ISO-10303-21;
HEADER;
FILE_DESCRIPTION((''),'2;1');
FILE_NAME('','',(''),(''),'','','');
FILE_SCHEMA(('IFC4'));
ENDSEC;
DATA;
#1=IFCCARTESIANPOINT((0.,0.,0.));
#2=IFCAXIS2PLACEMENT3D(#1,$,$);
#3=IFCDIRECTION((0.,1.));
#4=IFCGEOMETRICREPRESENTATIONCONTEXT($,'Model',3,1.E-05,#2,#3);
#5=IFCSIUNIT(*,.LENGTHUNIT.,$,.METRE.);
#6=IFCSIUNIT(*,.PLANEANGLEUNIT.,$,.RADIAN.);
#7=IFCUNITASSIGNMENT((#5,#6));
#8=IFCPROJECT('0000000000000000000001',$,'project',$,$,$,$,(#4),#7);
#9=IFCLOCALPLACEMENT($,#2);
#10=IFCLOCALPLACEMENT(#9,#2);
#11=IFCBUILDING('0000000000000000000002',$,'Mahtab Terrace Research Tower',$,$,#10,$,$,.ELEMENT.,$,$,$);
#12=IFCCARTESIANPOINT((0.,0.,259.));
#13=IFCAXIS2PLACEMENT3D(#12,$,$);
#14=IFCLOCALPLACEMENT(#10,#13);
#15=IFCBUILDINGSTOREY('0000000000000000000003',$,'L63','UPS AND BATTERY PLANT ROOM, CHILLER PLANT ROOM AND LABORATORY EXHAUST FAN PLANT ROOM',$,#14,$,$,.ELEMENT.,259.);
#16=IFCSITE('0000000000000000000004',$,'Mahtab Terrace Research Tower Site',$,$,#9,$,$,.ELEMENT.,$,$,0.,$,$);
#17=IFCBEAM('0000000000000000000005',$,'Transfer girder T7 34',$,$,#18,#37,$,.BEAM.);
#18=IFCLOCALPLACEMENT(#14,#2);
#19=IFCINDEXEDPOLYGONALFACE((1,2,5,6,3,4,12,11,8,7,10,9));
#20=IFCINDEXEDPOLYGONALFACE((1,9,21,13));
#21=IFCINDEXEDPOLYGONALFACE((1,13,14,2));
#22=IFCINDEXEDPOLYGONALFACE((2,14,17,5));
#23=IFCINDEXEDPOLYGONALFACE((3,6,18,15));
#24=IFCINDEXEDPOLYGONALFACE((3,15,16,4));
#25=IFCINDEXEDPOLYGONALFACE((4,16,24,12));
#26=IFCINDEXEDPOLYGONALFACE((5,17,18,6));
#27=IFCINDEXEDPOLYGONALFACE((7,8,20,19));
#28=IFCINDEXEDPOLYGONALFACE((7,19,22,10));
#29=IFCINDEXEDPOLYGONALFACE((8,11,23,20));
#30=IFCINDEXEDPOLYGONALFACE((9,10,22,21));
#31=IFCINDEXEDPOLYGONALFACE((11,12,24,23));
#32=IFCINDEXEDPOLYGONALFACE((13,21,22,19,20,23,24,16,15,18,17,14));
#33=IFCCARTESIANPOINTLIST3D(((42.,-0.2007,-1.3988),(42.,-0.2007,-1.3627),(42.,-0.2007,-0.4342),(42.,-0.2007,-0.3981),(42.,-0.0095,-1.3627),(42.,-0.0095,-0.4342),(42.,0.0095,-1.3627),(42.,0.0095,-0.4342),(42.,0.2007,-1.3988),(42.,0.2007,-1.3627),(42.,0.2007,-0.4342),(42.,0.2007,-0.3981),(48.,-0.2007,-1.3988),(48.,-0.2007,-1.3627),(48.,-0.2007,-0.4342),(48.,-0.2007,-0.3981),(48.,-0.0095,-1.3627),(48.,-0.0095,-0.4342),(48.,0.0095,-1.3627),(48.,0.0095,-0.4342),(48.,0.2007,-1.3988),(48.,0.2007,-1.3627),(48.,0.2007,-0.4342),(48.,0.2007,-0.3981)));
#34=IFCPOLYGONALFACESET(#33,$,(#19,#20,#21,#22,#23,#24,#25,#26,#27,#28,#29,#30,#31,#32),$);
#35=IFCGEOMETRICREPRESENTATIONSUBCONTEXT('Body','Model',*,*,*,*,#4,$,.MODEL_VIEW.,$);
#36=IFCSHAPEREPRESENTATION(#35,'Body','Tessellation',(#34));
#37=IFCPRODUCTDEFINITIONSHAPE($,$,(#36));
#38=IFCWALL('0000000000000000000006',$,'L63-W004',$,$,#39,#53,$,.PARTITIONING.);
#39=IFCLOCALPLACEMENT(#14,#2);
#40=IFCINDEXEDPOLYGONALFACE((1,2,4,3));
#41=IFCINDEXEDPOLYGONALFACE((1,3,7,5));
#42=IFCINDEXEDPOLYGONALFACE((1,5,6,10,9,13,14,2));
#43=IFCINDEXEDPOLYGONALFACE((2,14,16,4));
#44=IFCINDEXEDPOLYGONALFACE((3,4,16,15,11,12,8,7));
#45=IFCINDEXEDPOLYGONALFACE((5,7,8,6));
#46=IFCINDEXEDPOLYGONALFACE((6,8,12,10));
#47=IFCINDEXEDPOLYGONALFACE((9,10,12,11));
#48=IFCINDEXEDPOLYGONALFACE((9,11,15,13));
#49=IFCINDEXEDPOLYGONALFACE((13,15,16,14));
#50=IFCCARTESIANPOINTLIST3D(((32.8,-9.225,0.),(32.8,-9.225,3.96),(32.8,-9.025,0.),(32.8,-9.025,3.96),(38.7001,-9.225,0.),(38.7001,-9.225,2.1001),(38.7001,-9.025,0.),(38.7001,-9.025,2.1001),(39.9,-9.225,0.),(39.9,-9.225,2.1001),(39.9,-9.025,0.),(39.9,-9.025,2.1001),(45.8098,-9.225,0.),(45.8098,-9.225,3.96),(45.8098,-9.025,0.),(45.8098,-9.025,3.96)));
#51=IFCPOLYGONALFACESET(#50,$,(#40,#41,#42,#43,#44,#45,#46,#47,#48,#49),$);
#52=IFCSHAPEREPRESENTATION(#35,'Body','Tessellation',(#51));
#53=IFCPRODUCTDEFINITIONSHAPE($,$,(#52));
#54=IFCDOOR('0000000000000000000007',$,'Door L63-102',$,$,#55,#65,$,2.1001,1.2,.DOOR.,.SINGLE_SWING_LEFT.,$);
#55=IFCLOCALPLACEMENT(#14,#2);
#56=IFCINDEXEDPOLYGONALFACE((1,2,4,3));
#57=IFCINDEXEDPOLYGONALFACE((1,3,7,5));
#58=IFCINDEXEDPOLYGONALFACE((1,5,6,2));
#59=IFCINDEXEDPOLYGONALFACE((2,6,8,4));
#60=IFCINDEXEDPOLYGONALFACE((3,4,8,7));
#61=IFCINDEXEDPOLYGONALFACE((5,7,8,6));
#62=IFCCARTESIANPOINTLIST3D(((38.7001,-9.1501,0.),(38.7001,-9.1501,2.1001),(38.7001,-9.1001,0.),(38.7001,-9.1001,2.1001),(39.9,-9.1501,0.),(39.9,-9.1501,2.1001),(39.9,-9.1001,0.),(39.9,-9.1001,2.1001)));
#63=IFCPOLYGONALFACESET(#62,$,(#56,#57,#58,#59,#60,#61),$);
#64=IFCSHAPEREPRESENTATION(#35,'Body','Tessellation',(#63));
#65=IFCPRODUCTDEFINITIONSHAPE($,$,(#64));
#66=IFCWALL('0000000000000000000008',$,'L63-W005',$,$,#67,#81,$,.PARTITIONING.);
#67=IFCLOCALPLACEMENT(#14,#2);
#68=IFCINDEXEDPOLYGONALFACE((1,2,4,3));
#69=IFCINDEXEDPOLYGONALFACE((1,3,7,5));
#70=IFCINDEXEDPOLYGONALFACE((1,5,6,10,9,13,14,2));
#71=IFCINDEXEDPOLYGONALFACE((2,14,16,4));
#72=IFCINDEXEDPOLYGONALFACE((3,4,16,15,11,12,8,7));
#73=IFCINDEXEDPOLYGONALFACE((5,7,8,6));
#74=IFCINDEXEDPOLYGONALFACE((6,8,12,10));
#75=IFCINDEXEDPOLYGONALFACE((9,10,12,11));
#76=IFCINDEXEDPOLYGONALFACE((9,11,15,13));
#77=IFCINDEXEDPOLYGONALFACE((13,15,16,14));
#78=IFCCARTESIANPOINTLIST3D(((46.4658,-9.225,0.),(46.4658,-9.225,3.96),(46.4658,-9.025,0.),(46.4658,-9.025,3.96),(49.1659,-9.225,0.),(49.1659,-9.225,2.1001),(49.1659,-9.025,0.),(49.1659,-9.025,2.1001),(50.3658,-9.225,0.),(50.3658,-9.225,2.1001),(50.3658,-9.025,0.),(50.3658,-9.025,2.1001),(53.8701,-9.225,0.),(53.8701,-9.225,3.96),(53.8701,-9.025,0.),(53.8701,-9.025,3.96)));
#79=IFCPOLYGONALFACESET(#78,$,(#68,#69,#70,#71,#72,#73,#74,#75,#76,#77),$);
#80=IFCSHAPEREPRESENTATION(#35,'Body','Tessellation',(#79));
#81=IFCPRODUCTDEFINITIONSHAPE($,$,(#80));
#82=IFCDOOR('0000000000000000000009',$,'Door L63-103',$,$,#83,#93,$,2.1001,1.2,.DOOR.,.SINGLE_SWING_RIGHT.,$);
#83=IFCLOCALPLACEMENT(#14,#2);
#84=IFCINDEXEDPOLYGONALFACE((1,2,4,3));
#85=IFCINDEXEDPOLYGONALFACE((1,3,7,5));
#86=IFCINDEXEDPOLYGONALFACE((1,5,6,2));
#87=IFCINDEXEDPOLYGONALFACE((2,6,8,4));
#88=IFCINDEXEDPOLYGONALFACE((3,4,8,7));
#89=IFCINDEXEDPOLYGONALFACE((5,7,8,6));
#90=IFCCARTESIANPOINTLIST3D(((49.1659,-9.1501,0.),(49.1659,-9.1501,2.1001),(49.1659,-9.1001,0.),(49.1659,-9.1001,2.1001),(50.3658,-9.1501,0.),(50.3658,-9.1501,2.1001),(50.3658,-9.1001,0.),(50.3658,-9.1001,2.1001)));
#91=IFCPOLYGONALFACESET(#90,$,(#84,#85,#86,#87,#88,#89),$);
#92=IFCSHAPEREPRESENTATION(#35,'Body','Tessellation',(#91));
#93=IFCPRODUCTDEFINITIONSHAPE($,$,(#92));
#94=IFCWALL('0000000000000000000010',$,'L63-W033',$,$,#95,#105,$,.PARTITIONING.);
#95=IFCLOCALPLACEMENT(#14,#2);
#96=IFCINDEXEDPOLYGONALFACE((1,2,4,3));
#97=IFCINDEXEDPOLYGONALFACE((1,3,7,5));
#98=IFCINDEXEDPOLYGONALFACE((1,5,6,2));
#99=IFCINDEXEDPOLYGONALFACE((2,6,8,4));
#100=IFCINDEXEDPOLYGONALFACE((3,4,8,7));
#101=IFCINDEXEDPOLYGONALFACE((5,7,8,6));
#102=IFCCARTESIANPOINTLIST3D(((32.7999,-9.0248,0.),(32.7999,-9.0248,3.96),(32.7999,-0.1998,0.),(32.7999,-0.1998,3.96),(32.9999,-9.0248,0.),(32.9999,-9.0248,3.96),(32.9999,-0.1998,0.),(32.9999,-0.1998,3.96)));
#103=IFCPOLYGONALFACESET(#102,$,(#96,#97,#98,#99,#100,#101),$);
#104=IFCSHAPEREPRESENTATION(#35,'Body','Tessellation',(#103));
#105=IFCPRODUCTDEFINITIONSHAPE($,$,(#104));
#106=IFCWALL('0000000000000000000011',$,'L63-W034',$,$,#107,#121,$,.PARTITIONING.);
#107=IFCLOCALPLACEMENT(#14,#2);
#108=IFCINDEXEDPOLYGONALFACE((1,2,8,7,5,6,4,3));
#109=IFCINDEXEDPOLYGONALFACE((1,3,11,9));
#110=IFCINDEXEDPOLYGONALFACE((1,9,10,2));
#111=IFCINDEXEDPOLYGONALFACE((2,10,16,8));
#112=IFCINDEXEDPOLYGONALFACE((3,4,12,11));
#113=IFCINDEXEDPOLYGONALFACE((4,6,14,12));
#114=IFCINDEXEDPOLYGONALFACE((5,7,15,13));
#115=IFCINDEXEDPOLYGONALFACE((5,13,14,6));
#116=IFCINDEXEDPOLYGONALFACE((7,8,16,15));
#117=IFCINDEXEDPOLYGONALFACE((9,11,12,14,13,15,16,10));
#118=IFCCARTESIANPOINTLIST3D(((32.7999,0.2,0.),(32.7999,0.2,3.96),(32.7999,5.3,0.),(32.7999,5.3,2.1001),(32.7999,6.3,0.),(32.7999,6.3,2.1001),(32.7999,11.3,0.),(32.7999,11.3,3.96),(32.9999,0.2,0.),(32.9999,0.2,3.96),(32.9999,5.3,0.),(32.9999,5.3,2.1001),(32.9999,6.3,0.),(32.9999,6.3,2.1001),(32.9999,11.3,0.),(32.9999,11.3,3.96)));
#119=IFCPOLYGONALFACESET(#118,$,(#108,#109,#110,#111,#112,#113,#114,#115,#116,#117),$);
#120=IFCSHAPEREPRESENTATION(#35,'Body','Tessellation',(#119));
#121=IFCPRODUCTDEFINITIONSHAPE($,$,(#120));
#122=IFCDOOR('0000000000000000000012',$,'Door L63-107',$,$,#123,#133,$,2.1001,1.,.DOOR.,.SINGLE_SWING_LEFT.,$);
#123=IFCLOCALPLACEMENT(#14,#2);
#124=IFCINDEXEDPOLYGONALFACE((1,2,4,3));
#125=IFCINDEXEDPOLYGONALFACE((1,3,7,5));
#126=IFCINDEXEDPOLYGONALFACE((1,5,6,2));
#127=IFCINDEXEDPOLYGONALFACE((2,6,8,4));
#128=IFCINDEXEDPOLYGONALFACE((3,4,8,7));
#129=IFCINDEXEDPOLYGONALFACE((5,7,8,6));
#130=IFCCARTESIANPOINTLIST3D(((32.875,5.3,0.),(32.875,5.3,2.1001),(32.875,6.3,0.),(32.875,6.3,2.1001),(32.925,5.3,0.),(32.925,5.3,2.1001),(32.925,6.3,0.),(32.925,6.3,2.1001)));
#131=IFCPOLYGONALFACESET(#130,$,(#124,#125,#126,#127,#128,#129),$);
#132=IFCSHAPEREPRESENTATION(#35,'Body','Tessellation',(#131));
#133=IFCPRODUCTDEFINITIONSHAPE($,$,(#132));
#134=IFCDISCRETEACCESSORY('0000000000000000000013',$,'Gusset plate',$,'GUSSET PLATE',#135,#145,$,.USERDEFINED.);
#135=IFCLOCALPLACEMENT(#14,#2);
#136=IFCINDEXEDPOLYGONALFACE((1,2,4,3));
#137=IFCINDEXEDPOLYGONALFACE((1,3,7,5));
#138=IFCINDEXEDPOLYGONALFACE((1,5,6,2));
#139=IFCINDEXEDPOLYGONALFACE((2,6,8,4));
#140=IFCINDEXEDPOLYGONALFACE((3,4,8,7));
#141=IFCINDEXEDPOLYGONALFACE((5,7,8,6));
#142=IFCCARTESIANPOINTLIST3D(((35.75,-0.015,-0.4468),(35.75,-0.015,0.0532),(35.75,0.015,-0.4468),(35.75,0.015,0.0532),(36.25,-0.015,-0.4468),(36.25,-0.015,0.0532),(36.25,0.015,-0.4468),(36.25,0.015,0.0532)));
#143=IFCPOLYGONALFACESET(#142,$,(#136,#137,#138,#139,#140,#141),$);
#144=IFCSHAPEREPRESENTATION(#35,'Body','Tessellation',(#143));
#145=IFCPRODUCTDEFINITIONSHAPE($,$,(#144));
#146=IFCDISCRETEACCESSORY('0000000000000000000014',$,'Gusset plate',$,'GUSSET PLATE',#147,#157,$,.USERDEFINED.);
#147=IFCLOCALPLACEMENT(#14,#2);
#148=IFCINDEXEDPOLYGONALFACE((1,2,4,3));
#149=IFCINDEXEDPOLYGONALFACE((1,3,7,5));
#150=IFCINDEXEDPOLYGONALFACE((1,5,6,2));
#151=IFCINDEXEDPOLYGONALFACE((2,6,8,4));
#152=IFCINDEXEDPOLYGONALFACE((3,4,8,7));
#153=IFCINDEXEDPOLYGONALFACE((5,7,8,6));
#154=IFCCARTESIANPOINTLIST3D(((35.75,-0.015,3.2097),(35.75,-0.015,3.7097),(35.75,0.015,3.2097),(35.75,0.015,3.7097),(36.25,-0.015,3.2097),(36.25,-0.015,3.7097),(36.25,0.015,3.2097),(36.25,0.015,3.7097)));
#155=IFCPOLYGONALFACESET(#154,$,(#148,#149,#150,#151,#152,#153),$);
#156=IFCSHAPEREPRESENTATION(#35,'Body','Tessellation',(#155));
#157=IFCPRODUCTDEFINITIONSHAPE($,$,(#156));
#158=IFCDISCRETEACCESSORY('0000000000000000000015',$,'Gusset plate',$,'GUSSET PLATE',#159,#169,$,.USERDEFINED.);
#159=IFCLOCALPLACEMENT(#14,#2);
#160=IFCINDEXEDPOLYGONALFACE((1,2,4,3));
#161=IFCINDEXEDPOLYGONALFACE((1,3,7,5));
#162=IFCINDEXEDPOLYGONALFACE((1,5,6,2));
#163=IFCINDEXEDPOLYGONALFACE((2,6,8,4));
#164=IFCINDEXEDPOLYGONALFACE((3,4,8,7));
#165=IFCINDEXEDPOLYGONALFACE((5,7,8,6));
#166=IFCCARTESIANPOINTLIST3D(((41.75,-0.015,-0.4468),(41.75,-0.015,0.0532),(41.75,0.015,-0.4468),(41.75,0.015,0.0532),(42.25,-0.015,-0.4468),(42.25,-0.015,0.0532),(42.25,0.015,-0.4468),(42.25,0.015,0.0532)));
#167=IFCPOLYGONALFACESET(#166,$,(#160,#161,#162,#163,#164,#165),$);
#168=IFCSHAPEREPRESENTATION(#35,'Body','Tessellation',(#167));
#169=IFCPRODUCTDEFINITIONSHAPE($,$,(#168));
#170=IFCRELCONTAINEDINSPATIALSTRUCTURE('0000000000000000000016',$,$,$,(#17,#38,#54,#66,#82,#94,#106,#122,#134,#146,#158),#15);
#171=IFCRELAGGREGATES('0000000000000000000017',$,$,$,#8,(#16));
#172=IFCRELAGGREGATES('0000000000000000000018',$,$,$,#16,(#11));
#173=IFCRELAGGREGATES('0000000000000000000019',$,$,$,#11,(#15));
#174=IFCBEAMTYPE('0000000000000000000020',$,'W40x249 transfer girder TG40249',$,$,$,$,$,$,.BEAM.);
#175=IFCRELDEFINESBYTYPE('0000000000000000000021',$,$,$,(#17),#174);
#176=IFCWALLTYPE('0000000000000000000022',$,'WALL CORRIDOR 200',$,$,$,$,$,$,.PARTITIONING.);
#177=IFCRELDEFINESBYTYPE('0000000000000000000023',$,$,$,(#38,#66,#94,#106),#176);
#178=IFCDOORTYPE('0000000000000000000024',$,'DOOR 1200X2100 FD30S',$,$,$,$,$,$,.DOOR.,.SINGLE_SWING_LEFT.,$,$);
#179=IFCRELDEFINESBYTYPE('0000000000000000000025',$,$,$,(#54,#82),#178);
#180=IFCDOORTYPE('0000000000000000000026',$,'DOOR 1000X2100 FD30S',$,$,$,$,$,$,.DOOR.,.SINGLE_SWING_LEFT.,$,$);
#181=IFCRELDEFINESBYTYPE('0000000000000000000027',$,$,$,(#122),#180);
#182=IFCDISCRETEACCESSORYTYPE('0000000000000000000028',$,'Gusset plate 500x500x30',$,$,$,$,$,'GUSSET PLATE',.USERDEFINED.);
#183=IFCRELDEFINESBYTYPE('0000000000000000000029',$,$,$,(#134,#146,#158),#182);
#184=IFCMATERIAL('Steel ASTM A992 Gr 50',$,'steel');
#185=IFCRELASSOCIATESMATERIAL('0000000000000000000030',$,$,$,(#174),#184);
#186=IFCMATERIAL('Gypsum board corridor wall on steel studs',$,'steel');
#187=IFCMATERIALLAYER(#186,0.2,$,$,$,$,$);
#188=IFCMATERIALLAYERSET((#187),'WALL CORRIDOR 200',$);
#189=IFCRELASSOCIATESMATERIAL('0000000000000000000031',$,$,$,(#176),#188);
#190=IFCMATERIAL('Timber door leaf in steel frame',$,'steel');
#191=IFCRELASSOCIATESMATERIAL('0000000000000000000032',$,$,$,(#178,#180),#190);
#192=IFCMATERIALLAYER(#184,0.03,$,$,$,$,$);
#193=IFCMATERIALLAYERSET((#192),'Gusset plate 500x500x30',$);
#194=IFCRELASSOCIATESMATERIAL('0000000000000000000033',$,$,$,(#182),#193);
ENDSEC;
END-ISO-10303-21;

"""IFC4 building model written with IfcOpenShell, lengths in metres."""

from ifc_helpers import new_model, si_unit, direction, frame, frame_2d, origin, origin_2d, place, context, subcontext, project, spatial, rectangle, i_section, extrude, material, layer, layer_set, material_profile, profile_set, type_object, element, fill, save


model = new_model("IFC4")

# Units and contexts
model_context = context("Model", 3, precision=1e-05, world=origin(), true_north=direction((0.0, 1.0)))
body_context = subcontext(model_context, "Body", "Model", "MODEL_VIEW")
ifc_project = project(units=[si_unit("LENGTHUNIT", "METRE"), si_unit("PLANEANGLEUNIT", "RADIAN")], contexts=[model_context])

# Site, building, storey
site_placement = place(None, origin())
site = spatial("IfcSite", under=ifc_project, at=site_placement, Name="Mahtab Terrace Research Tower Site", CompositionType="ELEMENT", RefElevation=0.0)
building_placement = place(site_placement, origin())
building = spatial("IfcBuilding", under=site, at=building_placement, Name="Mahtab Terrace Research Tower", CompositionType="ELEMENT")
storey_placement = place(building_placement, frame((0.0, 0.0, 259.0)))
storey = spatial("IfcBuildingStorey", under=building, at=storey_placement, Name="L63", Description="UPS AND BATTERY PLANT ROOM, CHILLER PLANT ROOM AND LABORATORY EXHAUST FAN PLANT ROOM", CompositionType="ELEMENT", Elevation=259.0)

# Shared definitions
ifc_material_1 = material(Name="Steel ASTM A992 Gr 50", Category="steel")

# Beam
ifc_material_profile_1 = material_profile(ifc_material_1, i_section(OverallWidth=0.4014, OverallDepth=1.0007, WebThickness=0.019, FlangeThickness=0.0361, at=origin_2d()), Name="W40X249")
ifc_profile_set_1 = profile_set([ifc_material_profile_1], Name="Steel ASTM A992 Gr 50")
beam_type = type_object("IfcBeamType", Name="W40x249 transfer girder TG40249", PredefinedType="BEAM", material=ifc_profile_set_1)
beam_placement = place(storey_placement, frame((42.0, 0.0, -0.8984), z_axis=(1.0, 0.0, 0.0), x_axis=(0.0, 1.0, 0.0)))
element("IfcBeam", 1, at=beam_placement, inside=storey, type_object=beam_type, Name="Transfer girder T7 34", PredefinedType="BEAM", context=body_context, shape_type="SweptSolid", body=[
    extrude(i_section(OverallWidth=0.4014, OverallDepth=1.0007, WebThickness=0.019, FlangeThickness=0.0361, at=origin_2d()), origin(), (0.0, 0.0, 1.0), 6.0),
])

# Walls, openings, doors
ifc_material_2 = material(Name="Gypsum board corridor wall on steel studs", Category="steel")
ifc_layer_1 = layer(ifc_material_2, 0.2)
ifc_layer_set_1 = layer_set([ifc_layer_1], Name="WALL CORRIDOR 200")
wall_type = type_object("IfcWallType", Name="WALL CORRIDOR 200", PredefinedType="PARTITIONING", material=ifc_layer_set_1)
wall_1_placement = place(storey_placement, frame((32.8, -9.125, 0.0), z_axis=(0.0, 0.0, 1.0), x_axis=(1.0, 0.0, 0.0)))
wall_1 = element("IfcWall", 2, at=wall_1_placement, inside=storey, type_object=wall_type, Name="L63-W004", PredefinedType="PARTITIONING", context=body_context, shape_type="SweptSolid", body=[
    extrude(rectangle(XDim=13.0098, YDim=0.2, at=frame_2d((6.5049, 0.0))), origin(), (0.0, 0.0, 1.0), 3.96),
])
opening_1_placement = place(wall_1_placement, frame((5.8999, 0.0, 0.0)))
opening_1 = element("IfcOpeningElement", 3, at=opening_1_placement, cuts=wall_1, PredefinedType="OPENING", context=body_context, shape_type="SweptSolid", body=[
    extrude(rectangle(XDim=1.2, YDim=2.1001, at=frame_2d((0.6001, 1.05))), frame((0.0, 0.1099, 0.0), z_axis=(0.0, -1.0, 0.0), x_axis=(1.0, 0.0, 0.0)), (0.0, 0.0, 1.0), 0.22),
])
ifc_material_3 = material(Name="Timber door leaf in steel frame", Category="steel")
door_type_1 = type_object("IfcDoorType", Name="DOOR 1200X2100 FD30S", OperationType="SINGLE_SWING_LEFT", PredefinedType="DOOR", material=ifc_material_3)
door_1_placement = place(opening_1_placement, origin())
door_1 = element("IfcDoor", 4, at=door_1_placement, inside=storey, type_object=door_type_1, Name="Door L63-102", OperationType="SINGLE_SWING_LEFT", OverallHeight=2.1001, OverallWidth=1.2, PredefinedType="DOOR", context=body_context, shape_type="SweptSolid", body=[
    extrude(rectangle(XDim=1.2, YDim=2.1001, at=frame_2d((0.6001, 1.05))), frame((0.0, 0.0249, 0.0), z_axis=(0.0, -1.0, 0.0), x_axis=(1.0, 0.0, 0.0)), (0.0, 0.0, 1.0), 0.05),
])
fill(opening_1, door_1)
wall_2_placement = place(storey_placement, frame((46.4658, -9.125, 0.0), z_axis=(0.0, 0.0, 1.0), x_axis=(1.0, 0.0, 0.0)))
wall_2 = element("IfcWall", 5, at=wall_2_placement, inside=storey, type_object=wall_type, Name="L63-W005", PredefinedType="PARTITIONING", context=body_context, shape_type="SweptSolid", body=[
    extrude(rectangle(XDim=7.4043, YDim=0.2, at=frame_2d((3.7021, 0.0))), origin(), (0.0, 0.0, 1.0), 3.96),
])
opening_2_placement = place(wall_2_placement, frame((2.7, 0.0, 0.0)))
opening_2 = element("IfcOpeningElement", 6, at=opening_2_placement, cuts=wall_2, PredefinedType="OPENING", context=body_context, shape_type="SweptSolid", body=[
    extrude(rectangle(XDim=1.2, YDim=2.1001, at=frame_2d((0.6001, 1.05))), frame((0.0, 0.1099, 0.0), z_axis=(0.0, -1.0, 0.0), x_axis=(1.0, 0.0, 0.0)), (0.0, 0.0, 1.0), 0.22),
])
door_2_placement = place(opening_2_placement, origin())
door_2 = element("IfcDoor", 7, at=door_2_placement, inside=storey, type_object=door_type_1, Name="Door L63-103", OperationType="SINGLE_SWING_RIGHT", OverallHeight=2.1001, OverallWidth=1.2, PredefinedType="DOOR", context=body_context, shape_type="SweptSolid", body=[
    extrude(rectangle(XDim=1.2, YDim=2.1001, at=frame_2d((0.6001, 1.05))), frame((0.0, 0.0249, 0.0), z_axis=(0.0, -1.0, 0.0), x_axis=(1.0, 0.0, 0.0)), (0.0, 0.0, 1.0), 0.05),
])
fill(opening_2, door_2)

# Wall
wall_3_placement = place(storey_placement, frame((32.8999, -9.0249, 0.0), z_axis=(0.0, 0.0, 1.0), x_axis=(0.0, 1.0, 0.0)))
element("IfcWall", 8, at=wall_3_placement, inside=storey, type_object=wall_type, Name="L63-W033", PredefinedType="PARTITIONING", context=body_context, shape_type="SweptSolid", body=[
    extrude(rectangle(XDim=8.825, YDim=0.2, at=frame_2d((4.4126, 0.0))), origin(), (0.0, 0.0, 1.0), 3.96),
])

# Wall, opening, door
wall_4_placement = place(storey_placement, frame((32.8999, 0.2, 0.0), z_axis=(0.0, 0.0, 1.0), x_axis=(0.0, 1.0, 0.0)))
wall_4 = element("IfcWall", 9, at=wall_4_placement, inside=storey, type_object=wall_type, Name="L63-W034", PredefinedType="PARTITIONING", context=body_context, shape_type="SweptSolid", body=[
    extrude(rectangle(XDim=11.1001, YDim=0.2, at=frame_2d((5.55, 0.0))), origin(), (0.0, 0.0, 1.0), 3.96),
])
opening_3_placement = place(wall_4_placement, frame((5.1001, 0.0, 0.0)))
opening_3 = element("IfcOpeningElement", 10, at=opening_3_placement, cuts=wall_4, PredefinedType="OPENING", context=body_context, shape_type="SweptSolid", body=[
    extrude(rectangle(XDim=1.0, YDim=2.1001, at=frame_2d((0.5, 1.05))), frame((0.0, 0.1099, 0.0), z_axis=(0.0, -1.0, 0.0), x_axis=(1.0, 0.0, 0.0)), (0.0, 0.0, 1.0), 0.22),
])
door_type_2 = type_object("IfcDoorType", Name="DOOR 1000X2100 FD30S", OperationType="SINGLE_SWING_LEFT", PredefinedType="DOOR", material=ifc_material_3)
door_3_placement = place(opening_3_placement, origin())
door_3 = element("IfcDoor", 11, at=door_3_placement, inside=storey, type_object=door_type_2, Name="Door L63-107", OperationType="SINGLE_SWING_LEFT", OverallHeight=2.1001, OverallWidth=1.0, PredefinedType="DOOR", context=body_context, shape_type="SweptSolid", body=[
    extrude(rectangle(XDim=1.0, YDim=2.1001, at=frame_2d((0.5, 1.05))), frame((0.0, 0.0249, 0.0), z_axis=(0.0, -1.0, 0.0), x_axis=(1.0, 0.0, 0.0)), (0.0, 0.0, 1.0), 0.05),
])
fill(opening_3, door_3)

# Discrete accessories
ifc_layer_2 = layer(ifc_material_1, 0.03)
ifc_layer_set_2 = layer_set([ifc_layer_2], Name="Gusset plate 500x500x30")
discrete_accessory_type = type_object("IfcDiscreteAccessoryType", Name="Gusset plate 500x500x30", ElementType="GUSSET PLATE", PredefinedType="USERDEFINED", material=ifc_layer_set_2)
for number, where, z_axis, x_axis, name in (
    (12, (36.0, 0.0, -0.4468), (0.0, 0.0, 1.0), (1.0, 0.0, 0.0), "Gusset plate"),
    (13, (36.0, 0.0, 3.2097), (0.0, 0.0, 1.0), (1.0, 0.0, 0.0), "Gusset plate"),
    (14, (42.0, 0.0, -0.4468), (0.0, 0.0, 1.0), (1.0, 0.0, 0.0), "Gusset plate"),
):
    element("IfcDiscreteAccessory", number, at=place(storey_placement, frame(where, z_axis=z_axis, x_axis=x_axis)), inside=storey, type_object=discrete_accessory_type, Name=name, ObjectType="GUSSET PLATE", PredefinedType="USERDEFINED", context=body_context, shape_type="SweptSolid", body=[
        extrude(rectangle(XDim=0.5, YDim=0.03, at=origin_2d()), origin(), (0.0, 0.0, 1.0), 0.5),
    ])

save(model, "model.ifc")
